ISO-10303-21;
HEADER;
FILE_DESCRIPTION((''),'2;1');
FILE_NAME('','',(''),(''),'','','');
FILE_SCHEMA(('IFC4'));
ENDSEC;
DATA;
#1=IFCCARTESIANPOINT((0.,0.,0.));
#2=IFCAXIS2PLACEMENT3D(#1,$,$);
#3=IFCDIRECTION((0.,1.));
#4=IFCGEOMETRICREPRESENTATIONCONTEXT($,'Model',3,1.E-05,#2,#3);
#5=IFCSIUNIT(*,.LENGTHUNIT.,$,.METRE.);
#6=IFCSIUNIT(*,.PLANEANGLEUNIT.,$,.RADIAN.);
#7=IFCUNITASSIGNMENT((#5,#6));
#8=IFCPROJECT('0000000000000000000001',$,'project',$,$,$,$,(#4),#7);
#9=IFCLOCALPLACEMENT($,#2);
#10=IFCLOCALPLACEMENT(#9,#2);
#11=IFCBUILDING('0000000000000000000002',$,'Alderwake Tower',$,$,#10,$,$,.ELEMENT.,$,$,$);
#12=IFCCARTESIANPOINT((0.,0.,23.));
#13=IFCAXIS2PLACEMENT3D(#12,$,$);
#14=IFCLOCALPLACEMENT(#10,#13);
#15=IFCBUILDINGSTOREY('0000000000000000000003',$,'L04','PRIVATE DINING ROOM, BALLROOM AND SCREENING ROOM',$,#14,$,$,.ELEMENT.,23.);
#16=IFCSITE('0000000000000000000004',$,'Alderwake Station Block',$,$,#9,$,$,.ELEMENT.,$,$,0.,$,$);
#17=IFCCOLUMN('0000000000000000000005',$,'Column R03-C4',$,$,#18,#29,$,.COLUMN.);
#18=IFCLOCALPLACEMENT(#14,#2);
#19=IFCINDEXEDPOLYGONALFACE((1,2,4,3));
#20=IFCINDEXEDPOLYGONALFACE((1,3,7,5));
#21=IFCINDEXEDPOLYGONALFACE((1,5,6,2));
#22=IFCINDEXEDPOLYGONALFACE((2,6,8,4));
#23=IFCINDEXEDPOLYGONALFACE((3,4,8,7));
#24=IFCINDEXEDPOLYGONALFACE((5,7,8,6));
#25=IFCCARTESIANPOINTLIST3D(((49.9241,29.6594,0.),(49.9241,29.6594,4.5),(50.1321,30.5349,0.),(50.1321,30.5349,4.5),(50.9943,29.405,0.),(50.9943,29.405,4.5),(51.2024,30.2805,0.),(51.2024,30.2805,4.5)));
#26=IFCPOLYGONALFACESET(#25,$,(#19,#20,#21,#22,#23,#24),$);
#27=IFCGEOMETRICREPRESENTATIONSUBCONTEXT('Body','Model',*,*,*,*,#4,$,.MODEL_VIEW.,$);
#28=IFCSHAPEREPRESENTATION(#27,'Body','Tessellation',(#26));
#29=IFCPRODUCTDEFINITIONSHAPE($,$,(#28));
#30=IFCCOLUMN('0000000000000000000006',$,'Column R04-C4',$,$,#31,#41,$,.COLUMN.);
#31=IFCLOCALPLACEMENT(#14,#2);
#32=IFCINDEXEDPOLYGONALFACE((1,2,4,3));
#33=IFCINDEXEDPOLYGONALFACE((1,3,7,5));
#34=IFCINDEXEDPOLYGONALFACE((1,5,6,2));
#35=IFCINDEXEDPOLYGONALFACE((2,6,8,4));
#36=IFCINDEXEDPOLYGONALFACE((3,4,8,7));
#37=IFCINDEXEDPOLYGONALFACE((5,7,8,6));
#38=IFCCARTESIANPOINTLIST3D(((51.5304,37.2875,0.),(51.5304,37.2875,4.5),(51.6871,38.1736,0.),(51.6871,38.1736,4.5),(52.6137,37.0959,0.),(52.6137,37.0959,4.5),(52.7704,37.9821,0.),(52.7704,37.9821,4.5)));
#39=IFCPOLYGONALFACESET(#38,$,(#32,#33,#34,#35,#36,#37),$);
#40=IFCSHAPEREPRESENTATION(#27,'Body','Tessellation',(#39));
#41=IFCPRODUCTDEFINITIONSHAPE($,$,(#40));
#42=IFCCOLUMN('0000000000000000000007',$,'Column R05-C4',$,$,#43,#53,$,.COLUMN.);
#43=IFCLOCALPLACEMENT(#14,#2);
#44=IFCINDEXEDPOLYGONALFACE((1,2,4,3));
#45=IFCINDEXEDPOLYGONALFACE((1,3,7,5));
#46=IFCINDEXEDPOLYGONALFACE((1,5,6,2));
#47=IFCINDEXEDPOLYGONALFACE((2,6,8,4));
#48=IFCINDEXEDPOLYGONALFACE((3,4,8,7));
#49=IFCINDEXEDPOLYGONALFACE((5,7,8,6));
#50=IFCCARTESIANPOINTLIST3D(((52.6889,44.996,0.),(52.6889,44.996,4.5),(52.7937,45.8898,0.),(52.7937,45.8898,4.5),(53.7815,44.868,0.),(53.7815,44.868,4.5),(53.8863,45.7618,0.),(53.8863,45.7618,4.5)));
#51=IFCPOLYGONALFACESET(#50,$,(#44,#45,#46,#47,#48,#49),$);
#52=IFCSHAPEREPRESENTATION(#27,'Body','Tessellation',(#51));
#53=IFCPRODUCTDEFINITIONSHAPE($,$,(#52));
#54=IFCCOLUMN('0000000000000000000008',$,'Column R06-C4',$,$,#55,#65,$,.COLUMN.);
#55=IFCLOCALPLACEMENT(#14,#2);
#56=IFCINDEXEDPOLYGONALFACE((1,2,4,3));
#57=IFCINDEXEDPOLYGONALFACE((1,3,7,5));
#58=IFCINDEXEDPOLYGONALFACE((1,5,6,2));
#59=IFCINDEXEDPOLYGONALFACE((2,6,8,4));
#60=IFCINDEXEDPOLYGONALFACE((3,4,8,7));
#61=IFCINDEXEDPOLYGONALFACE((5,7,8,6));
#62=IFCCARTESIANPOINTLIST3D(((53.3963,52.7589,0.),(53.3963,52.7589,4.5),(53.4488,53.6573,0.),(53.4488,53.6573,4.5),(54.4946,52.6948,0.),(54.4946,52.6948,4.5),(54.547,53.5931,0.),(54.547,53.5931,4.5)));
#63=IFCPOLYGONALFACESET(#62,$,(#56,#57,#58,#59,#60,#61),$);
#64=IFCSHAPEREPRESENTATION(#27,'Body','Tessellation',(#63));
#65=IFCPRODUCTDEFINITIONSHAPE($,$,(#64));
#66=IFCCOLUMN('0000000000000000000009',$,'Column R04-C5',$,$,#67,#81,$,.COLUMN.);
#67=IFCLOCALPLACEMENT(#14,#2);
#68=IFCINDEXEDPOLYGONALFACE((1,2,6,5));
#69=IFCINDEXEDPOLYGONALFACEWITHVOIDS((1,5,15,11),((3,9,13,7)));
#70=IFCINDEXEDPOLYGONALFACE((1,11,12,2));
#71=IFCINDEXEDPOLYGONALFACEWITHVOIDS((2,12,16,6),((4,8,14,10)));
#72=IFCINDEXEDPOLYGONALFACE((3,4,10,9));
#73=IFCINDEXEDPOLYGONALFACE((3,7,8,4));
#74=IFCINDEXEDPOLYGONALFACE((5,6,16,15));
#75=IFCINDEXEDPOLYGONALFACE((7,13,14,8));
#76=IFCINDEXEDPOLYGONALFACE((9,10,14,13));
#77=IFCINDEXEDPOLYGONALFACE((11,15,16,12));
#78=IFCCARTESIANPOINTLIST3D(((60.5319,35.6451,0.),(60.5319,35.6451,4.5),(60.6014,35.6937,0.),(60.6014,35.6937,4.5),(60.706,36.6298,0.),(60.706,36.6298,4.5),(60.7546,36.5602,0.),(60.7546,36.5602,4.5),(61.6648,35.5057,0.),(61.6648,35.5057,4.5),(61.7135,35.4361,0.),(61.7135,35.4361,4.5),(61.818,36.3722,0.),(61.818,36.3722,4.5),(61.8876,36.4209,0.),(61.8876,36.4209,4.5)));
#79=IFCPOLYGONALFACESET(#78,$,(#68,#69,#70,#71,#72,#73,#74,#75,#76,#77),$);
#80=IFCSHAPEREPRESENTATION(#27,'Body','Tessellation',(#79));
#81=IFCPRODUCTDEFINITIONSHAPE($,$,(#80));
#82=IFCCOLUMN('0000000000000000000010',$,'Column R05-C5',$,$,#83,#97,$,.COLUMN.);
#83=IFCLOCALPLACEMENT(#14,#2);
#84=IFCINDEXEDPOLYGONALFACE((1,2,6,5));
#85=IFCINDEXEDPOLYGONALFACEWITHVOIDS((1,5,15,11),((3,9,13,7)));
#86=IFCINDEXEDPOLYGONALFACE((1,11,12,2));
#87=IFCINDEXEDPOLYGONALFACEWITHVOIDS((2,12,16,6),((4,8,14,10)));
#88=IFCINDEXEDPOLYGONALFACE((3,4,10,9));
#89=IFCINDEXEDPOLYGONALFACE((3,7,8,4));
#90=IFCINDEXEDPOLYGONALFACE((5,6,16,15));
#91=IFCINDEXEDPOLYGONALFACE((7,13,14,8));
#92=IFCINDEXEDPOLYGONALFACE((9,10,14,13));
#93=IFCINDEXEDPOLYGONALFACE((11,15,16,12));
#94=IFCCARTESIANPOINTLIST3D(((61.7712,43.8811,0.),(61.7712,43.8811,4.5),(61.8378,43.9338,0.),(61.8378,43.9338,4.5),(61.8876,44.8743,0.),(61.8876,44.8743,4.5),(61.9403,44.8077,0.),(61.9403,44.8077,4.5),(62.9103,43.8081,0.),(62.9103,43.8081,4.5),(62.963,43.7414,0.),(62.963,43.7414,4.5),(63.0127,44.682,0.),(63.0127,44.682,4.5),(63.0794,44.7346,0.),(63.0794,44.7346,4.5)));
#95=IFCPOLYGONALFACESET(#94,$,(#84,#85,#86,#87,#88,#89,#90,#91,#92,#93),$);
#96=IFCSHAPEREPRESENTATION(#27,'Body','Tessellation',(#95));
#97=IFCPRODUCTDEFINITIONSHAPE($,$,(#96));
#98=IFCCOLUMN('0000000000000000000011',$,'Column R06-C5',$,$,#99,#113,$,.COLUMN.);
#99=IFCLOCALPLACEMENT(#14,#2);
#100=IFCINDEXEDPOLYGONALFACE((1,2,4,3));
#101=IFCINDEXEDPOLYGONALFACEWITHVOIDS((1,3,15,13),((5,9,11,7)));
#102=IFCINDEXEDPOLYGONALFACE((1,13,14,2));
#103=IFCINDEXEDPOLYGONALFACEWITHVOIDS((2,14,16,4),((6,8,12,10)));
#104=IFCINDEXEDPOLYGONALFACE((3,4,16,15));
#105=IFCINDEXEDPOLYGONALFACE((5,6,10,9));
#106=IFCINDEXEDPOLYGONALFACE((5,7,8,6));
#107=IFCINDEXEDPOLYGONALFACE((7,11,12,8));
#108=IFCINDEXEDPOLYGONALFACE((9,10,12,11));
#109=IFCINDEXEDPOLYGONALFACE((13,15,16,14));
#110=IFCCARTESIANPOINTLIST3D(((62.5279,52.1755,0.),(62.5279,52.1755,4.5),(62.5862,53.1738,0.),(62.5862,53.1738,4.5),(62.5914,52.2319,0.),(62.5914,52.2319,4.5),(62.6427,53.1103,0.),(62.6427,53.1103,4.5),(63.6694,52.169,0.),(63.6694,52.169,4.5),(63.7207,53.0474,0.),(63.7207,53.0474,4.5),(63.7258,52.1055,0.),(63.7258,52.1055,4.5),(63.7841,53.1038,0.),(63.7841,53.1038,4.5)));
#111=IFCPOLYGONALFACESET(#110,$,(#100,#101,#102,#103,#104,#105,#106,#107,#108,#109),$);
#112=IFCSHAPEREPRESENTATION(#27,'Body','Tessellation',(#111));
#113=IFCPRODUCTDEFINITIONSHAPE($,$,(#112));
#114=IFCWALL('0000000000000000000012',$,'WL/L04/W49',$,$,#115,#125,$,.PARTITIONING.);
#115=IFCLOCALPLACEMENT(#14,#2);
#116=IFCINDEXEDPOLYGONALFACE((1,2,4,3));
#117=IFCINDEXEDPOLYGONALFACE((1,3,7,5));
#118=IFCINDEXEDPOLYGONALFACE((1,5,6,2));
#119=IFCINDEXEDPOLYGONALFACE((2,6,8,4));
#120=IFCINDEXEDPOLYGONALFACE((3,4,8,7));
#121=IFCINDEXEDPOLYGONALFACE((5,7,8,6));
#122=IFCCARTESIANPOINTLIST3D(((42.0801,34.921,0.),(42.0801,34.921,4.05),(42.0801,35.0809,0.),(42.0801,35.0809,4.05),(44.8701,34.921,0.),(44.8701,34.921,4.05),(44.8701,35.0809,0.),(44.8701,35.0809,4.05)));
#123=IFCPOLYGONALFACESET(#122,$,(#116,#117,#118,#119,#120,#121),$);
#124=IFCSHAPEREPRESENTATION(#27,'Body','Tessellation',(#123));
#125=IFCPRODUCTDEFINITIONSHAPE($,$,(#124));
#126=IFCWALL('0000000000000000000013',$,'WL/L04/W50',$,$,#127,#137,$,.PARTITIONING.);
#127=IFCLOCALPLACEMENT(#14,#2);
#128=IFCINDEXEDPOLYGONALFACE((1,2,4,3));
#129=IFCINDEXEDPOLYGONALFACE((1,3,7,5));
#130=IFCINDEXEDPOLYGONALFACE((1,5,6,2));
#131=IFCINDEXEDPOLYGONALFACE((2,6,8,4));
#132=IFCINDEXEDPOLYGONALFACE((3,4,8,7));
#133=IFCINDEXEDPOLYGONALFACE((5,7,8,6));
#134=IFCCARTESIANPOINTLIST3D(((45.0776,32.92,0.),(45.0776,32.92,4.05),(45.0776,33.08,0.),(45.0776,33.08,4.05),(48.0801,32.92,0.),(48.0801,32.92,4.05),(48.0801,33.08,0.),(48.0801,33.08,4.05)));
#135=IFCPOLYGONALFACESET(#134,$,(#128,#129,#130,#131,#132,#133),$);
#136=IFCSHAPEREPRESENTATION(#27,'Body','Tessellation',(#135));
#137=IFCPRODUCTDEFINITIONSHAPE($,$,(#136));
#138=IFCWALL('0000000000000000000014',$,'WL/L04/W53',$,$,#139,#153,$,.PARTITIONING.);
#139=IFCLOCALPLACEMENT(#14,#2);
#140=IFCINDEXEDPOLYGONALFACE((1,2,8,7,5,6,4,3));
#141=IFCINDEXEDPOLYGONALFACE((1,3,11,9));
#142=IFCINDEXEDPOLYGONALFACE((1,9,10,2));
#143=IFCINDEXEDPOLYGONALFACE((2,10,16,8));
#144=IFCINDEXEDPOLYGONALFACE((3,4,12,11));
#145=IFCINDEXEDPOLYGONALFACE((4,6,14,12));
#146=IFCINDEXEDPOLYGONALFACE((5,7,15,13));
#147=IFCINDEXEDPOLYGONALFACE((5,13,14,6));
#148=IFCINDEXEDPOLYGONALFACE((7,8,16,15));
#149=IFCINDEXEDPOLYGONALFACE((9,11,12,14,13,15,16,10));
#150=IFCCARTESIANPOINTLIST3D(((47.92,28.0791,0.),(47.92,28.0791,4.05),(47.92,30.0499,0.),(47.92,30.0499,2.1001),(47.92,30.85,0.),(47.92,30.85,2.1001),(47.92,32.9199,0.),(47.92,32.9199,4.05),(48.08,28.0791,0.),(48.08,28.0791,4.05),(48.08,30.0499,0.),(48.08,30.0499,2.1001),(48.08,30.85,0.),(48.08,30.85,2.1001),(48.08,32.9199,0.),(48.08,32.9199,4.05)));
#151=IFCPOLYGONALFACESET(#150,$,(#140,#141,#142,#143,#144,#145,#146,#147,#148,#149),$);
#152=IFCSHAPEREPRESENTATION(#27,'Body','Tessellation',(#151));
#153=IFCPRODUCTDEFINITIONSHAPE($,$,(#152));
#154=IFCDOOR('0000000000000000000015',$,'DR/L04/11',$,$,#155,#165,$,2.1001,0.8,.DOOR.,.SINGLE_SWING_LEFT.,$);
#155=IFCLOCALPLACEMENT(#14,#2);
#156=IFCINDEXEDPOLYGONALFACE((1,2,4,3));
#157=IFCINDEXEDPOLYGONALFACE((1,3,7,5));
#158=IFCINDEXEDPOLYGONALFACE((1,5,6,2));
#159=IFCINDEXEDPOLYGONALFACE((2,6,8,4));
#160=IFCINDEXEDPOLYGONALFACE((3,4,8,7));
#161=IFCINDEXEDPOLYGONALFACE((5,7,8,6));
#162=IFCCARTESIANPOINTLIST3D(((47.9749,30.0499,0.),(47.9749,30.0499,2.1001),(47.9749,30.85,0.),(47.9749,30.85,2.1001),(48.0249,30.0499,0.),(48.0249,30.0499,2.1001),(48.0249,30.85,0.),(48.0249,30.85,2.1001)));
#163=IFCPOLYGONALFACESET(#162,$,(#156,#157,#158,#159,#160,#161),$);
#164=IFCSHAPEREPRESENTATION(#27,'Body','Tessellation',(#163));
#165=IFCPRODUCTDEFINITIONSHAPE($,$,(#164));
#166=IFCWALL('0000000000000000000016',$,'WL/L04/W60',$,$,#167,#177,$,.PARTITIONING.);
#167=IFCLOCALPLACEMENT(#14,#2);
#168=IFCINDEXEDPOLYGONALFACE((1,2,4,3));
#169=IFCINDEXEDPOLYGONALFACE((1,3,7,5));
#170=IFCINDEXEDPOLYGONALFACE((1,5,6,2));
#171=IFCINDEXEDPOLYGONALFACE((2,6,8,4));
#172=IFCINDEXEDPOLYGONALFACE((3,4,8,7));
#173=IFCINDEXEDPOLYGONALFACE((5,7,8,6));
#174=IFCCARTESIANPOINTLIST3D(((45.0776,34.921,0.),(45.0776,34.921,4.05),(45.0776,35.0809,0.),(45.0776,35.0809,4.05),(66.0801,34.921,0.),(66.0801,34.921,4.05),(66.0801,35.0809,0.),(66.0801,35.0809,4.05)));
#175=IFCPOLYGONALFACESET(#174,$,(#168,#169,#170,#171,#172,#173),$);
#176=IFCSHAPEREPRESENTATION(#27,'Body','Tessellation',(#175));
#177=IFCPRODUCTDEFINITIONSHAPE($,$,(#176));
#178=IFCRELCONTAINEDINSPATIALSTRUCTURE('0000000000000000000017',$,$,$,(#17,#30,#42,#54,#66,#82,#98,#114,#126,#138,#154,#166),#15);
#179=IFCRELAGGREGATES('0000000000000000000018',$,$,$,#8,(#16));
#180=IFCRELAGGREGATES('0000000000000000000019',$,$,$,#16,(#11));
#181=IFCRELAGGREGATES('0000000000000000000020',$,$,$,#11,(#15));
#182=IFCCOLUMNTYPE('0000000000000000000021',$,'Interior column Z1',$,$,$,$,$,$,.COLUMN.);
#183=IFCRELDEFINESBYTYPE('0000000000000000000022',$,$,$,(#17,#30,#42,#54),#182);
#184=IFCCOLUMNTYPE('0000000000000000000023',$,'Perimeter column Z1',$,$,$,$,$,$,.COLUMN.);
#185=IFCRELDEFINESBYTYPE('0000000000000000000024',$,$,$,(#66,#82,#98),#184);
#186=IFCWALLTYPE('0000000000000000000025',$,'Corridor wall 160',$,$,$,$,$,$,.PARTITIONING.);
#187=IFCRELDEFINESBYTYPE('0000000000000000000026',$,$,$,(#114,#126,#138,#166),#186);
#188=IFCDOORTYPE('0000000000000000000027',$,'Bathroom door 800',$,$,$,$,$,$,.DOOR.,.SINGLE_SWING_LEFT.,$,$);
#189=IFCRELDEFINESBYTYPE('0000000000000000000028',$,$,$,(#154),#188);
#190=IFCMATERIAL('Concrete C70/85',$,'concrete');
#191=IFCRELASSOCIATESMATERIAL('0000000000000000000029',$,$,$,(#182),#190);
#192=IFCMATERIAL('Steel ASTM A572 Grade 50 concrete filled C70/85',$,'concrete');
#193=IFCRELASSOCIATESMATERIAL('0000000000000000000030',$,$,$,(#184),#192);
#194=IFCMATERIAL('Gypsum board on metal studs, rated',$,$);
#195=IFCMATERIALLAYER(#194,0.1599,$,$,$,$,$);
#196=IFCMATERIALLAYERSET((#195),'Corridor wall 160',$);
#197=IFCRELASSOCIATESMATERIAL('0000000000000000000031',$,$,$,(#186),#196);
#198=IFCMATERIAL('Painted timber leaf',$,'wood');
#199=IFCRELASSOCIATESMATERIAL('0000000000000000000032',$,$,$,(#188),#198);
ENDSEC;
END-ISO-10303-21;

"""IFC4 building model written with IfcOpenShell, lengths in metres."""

from ifc_helpers import new_model, si_unit, direction, frame, frame_2d, origin, origin_2d, place, context, subcontext, project, spatial, rectangle, hollow_rectangle, extrude, material, layer, layer_set, material_profile, profile_set, type_object, element, fill, save


model = new_model("IFC4")

# Units and contexts
model_context = context("Model", 3, precision=1e-05, world=origin(), true_north=direction((0.0, 1.0)))
body_context = subcontext(model_context, "Body", "Model", "MODEL_VIEW")
ifc_project = project(units=[si_unit("LENGTHUNIT", "METRE"), si_unit("PLANEANGLEUNIT", "RADIAN")], contexts=[model_context])

# Site, building, storey
site_placement = place(None, origin())
site = spatial("IfcSite", under=ifc_project, at=site_placement, Name="Alderwake Station Block", CompositionType="ELEMENT", RefElevation=0.0)
building_placement = place(site_placement, origin())
building = spatial("IfcBuilding", under=site, at=building_placement, Name="Alderwake Tower", CompositionType="ELEMENT")
storey_placement = place(building_placement, frame((0.0, 0.0, 23.0)))
storey = spatial("IfcBuildingStorey", under=building, at=storey_placement, Name="L04", Description="PRIVATE DINING ROOM, BALLROOM AND SCREENING ROOM", CompositionType="ELEMENT", Elevation=23.0)

# Columns
ifc_material_1 = material(Name="Concrete C70/85", Category="concrete")
ifc_material_profile_1 = material_profile(ifc_material_1, rectangle(XDim=0.8999, YDim=1.1001, at=origin_2d()), Name="RC 1100X900")
ifc_profile_set_1 = profile_set([ifc_material_profile_1], Name="Concrete C70/85")
column_type_1 = type_object("IfcColumnType", Name="Interior column Z1", PredefinedType="COLUMN", material=ifc_profile_set_1)
for number, where, z_axis, x_axis, name in (
    (1, (50.5632, 29.97, 0.0), (0.0, 0.0, 1.0), (0.231222, 0.972901, 0.0), "Column R03-C4"),
    (2, (52.1504, 37.6348, 0.0), (0.0, 0.0, 1.0), (0.174109, 0.984726, 0.0), "Column R04-C4"),
    (3, (53.2876, 45.3789, 0.0), (0.0, 0.0, 1.0), (0.116402, 0.993202, 0.0), "Column R05-C4"),
    (4, (53.9717, 53.176, 0.0), (0.0, 0.0, 1.0), (0.058301, 0.998299, 0.0), "Column R06-C4"),
):
    element("IfcColumn", number, at=place(storey_placement, frame(where, z_axis=z_axis, x_axis=x_axis)), inside=storey, type_object=column_type_1, Name=name, PredefinedType="COLUMN", context=body_context, shape_type="SweptSolid", body=[
        extrude(rectangle(XDim=0.8999, YDim=1.1001, at=origin_2d()), origin(), (0.0, 0.0, 1.0), 4.5),
    ])
ifc_material_2 = material(Name="Steel ASTM A572 Grade 50 concrete filled C70/85", Category="concrete")
ifc_material_profile_2 = material_profile(ifc_material_2, hollow_rectangle(XDim=1.0, YDim=1.2, WallThickness=0.0601, at=origin_2d()), Name="BOX 1200X1000X60")
ifc_profile_set_2 = profile_set([ifc_material_profile_2], Name="Steel ASTM A572 Grade 50 concrete filled C70/85")
column_type_2 = type_object("IfcColumnType", Name="Perimeter column Z1", PredefinedType="COLUMN", material=ifc_profile_set_2)
for number, where, z_axis, x_axis, name in (
    (5, (61.2097, 36.033, 0.0), (0.0, 0.0, 1.0), (0.174109, 0.984726, 0.0), "Column R04-C5"),
    (6, (62.4253, 44.3079, 0.0), (0.0, 0.0, 1.0), (0.116402, 0.993202, 0.0), "Column R05-C5"),
    (7, (63.156, 52.6396, 0.0), (0.0, 0.0, 1.0), (0.058301, 0.998299, 0.0), "Column R06-C5"),
):
    element("IfcColumn", number, at=place(storey_placement, frame(where, z_axis=z_axis, x_axis=x_axis)), inside=storey, type_object=column_type_2, Name=name, PredefinedType="COLUMN", context=body_context, shape_type="SweptSolid", body=[
        extrude(hollow_rectangle(XDim=1.0, YDim=1.2, WallThickness=0.0601, at=origin_2d()), origin(), (0.0, 0.0, 1.0), 4.5),
    ])

# Walls
ifc_material_3 = material(Name="Gypsum board on metal studs, rated")
ifc_layer_1 = layer(ifc_material_3, 0.1599)
ifc_layer_set_1 = layer_set([ifc_layer_1], Name="Corridor wall 160")
wall_type_1 = type_object("IfcWallType", Name="Corridor wall 160", PredefinedType="PARTITIONING", material=ifc_layer_set_1)
wall_1_placement = place(storey_placement, frame((44.8701, 35.001, 0.0), z_axis=(0.0, 0.0, 1.0), x_axis=(-1.0, 0.0, 0.0)))
element("IfcWall", 8, at=wall_1_placement, inside=storey, type_object=wall_type_1, Name="WL/L04/W49", PredefinedType="PARTITIONING", context=body_context, shape_type="SweptSolid", body=[
    extrude(rectangle(XDim=2.79, YDim=0.1599, at=frame_2d((1.395, 0.0))), origin(), (0.0, 0.0, 1.0), 4.05),
])
wall_2_placement = place(storey_placement, frame((45.0776, 33.0, 0.0), z_axis=(0.0, 0.0, 1.0), x_axis=(1.0, 0.0, 0.0)))
element("IfcWall", 9, at=wall_2_placement, inside=storey, type_object=wall_type_1, Name="WL/L04/W50", PredefinedType="PARTITIONING", context=body_context, shape_type="SweptSolid", body=[
    extrude(rectangle(XDim=3.0024, YDim=0.1599, at=frame_2d((1.5012, 0.0))), origin(), (0.0, 0.0, 1.0), 4.05),
])

# Wall, opening, door
wall_3_placement = place(storey_placement, frame((48.0, 32.9199, 0.0), z_axis=(0.0, 0.0, 1.0), x_axis=(0.0, -1.0, 0.0)))
wall_3 = element("IfcWall", 10, at=wall_3_placement, inside=storey, type_object=wall_type_1, Name="WL/L04/W53", PredefinedType="PARTITIONING", context=body_context, shape_type="SweptSolid", body=[
    extrude(rectangle(XDim=4.8408, YDim=0.1599, at=frame_2d((2.4204, 0.0))), origin(), (0.0, 0.0, 1.0), 4.05),
])
opening_1_placement = place(wall_3_placement, frame((2.0701, 0.0, 0.0)))
opening_1 = element("IfcOpeningElement", 11, at=opening_1_placement, cuts=wall_3, PredefinedType="OPENING", context=body_context, shape_type="SweptSolid", body=[
    extrude(rectangle(XDim=0.8, YDim=2.1001, at=frame_2d((0.3999, 1.05))), frame((0.0, 0.0898, 0.0), z_axis=(0.0, -1.0, 0.0), x_axis=(1.0, 0.0, 0.0)), (0.0, 0.0, 1.0), 0.1799),
])
ifc_material_4 = material(Name="Painted timber leaf", Category="wood")
door_type_1 = type_object("IfcDoorType", Name="Bathroom door 800", OperationType="SINGLE_SWING_LEFT", PredefinedType="DOOR", material=ifc_material_4)
door_1_placement = place(opening_1_placement, origin())
door_1 = element("IfcDoor", 12, at=door_1_placement, inside=storey, type_object=door_type_1, Name="DR/L04/11", OperationType="SINGLE_SWING_LEFT", OverallHeight=2.1001, OverallWidth=0.8, PredefinedType="DOOR", context=body_context, shape_type="SweptSolid", body=[
    extrude(rectangle(XDim=0.8, YDim=2.1001, at=frame_2d((0.3999, 1.05))), frame((0.0, 0.0249, 0.0), z_axis=(0.0, -1.0, 0.0), x_axis=(1.0, 0.0, 0.0)), (0.0, 0.0, 1.0), 0.05),
])
fill(opening_1, door_1)

# Wall
wall_4_placement = place(storey_placement, frame((66.0801, 35.001, 0.0), z_axis=(0.0, 0.0, 1.0), x_axis=(-1.0, 0.0, 0.0)))
element("IfcWall", 13, at=wall_4_placement, inside=storey, type_object=wall_type_1, Name="WL/L04/W60", PredefinedType="PARTITIONING", context=body_context, shape_type="SweptSolid", body=[
    extrude(rectangle(XDim=21.0024, YDim=0.1599, at=frame_2d((10.5012, 0.0))), origin(), (0.0, 0.0, 1.0), 4.05),
])

save(model, "model.ifc")
